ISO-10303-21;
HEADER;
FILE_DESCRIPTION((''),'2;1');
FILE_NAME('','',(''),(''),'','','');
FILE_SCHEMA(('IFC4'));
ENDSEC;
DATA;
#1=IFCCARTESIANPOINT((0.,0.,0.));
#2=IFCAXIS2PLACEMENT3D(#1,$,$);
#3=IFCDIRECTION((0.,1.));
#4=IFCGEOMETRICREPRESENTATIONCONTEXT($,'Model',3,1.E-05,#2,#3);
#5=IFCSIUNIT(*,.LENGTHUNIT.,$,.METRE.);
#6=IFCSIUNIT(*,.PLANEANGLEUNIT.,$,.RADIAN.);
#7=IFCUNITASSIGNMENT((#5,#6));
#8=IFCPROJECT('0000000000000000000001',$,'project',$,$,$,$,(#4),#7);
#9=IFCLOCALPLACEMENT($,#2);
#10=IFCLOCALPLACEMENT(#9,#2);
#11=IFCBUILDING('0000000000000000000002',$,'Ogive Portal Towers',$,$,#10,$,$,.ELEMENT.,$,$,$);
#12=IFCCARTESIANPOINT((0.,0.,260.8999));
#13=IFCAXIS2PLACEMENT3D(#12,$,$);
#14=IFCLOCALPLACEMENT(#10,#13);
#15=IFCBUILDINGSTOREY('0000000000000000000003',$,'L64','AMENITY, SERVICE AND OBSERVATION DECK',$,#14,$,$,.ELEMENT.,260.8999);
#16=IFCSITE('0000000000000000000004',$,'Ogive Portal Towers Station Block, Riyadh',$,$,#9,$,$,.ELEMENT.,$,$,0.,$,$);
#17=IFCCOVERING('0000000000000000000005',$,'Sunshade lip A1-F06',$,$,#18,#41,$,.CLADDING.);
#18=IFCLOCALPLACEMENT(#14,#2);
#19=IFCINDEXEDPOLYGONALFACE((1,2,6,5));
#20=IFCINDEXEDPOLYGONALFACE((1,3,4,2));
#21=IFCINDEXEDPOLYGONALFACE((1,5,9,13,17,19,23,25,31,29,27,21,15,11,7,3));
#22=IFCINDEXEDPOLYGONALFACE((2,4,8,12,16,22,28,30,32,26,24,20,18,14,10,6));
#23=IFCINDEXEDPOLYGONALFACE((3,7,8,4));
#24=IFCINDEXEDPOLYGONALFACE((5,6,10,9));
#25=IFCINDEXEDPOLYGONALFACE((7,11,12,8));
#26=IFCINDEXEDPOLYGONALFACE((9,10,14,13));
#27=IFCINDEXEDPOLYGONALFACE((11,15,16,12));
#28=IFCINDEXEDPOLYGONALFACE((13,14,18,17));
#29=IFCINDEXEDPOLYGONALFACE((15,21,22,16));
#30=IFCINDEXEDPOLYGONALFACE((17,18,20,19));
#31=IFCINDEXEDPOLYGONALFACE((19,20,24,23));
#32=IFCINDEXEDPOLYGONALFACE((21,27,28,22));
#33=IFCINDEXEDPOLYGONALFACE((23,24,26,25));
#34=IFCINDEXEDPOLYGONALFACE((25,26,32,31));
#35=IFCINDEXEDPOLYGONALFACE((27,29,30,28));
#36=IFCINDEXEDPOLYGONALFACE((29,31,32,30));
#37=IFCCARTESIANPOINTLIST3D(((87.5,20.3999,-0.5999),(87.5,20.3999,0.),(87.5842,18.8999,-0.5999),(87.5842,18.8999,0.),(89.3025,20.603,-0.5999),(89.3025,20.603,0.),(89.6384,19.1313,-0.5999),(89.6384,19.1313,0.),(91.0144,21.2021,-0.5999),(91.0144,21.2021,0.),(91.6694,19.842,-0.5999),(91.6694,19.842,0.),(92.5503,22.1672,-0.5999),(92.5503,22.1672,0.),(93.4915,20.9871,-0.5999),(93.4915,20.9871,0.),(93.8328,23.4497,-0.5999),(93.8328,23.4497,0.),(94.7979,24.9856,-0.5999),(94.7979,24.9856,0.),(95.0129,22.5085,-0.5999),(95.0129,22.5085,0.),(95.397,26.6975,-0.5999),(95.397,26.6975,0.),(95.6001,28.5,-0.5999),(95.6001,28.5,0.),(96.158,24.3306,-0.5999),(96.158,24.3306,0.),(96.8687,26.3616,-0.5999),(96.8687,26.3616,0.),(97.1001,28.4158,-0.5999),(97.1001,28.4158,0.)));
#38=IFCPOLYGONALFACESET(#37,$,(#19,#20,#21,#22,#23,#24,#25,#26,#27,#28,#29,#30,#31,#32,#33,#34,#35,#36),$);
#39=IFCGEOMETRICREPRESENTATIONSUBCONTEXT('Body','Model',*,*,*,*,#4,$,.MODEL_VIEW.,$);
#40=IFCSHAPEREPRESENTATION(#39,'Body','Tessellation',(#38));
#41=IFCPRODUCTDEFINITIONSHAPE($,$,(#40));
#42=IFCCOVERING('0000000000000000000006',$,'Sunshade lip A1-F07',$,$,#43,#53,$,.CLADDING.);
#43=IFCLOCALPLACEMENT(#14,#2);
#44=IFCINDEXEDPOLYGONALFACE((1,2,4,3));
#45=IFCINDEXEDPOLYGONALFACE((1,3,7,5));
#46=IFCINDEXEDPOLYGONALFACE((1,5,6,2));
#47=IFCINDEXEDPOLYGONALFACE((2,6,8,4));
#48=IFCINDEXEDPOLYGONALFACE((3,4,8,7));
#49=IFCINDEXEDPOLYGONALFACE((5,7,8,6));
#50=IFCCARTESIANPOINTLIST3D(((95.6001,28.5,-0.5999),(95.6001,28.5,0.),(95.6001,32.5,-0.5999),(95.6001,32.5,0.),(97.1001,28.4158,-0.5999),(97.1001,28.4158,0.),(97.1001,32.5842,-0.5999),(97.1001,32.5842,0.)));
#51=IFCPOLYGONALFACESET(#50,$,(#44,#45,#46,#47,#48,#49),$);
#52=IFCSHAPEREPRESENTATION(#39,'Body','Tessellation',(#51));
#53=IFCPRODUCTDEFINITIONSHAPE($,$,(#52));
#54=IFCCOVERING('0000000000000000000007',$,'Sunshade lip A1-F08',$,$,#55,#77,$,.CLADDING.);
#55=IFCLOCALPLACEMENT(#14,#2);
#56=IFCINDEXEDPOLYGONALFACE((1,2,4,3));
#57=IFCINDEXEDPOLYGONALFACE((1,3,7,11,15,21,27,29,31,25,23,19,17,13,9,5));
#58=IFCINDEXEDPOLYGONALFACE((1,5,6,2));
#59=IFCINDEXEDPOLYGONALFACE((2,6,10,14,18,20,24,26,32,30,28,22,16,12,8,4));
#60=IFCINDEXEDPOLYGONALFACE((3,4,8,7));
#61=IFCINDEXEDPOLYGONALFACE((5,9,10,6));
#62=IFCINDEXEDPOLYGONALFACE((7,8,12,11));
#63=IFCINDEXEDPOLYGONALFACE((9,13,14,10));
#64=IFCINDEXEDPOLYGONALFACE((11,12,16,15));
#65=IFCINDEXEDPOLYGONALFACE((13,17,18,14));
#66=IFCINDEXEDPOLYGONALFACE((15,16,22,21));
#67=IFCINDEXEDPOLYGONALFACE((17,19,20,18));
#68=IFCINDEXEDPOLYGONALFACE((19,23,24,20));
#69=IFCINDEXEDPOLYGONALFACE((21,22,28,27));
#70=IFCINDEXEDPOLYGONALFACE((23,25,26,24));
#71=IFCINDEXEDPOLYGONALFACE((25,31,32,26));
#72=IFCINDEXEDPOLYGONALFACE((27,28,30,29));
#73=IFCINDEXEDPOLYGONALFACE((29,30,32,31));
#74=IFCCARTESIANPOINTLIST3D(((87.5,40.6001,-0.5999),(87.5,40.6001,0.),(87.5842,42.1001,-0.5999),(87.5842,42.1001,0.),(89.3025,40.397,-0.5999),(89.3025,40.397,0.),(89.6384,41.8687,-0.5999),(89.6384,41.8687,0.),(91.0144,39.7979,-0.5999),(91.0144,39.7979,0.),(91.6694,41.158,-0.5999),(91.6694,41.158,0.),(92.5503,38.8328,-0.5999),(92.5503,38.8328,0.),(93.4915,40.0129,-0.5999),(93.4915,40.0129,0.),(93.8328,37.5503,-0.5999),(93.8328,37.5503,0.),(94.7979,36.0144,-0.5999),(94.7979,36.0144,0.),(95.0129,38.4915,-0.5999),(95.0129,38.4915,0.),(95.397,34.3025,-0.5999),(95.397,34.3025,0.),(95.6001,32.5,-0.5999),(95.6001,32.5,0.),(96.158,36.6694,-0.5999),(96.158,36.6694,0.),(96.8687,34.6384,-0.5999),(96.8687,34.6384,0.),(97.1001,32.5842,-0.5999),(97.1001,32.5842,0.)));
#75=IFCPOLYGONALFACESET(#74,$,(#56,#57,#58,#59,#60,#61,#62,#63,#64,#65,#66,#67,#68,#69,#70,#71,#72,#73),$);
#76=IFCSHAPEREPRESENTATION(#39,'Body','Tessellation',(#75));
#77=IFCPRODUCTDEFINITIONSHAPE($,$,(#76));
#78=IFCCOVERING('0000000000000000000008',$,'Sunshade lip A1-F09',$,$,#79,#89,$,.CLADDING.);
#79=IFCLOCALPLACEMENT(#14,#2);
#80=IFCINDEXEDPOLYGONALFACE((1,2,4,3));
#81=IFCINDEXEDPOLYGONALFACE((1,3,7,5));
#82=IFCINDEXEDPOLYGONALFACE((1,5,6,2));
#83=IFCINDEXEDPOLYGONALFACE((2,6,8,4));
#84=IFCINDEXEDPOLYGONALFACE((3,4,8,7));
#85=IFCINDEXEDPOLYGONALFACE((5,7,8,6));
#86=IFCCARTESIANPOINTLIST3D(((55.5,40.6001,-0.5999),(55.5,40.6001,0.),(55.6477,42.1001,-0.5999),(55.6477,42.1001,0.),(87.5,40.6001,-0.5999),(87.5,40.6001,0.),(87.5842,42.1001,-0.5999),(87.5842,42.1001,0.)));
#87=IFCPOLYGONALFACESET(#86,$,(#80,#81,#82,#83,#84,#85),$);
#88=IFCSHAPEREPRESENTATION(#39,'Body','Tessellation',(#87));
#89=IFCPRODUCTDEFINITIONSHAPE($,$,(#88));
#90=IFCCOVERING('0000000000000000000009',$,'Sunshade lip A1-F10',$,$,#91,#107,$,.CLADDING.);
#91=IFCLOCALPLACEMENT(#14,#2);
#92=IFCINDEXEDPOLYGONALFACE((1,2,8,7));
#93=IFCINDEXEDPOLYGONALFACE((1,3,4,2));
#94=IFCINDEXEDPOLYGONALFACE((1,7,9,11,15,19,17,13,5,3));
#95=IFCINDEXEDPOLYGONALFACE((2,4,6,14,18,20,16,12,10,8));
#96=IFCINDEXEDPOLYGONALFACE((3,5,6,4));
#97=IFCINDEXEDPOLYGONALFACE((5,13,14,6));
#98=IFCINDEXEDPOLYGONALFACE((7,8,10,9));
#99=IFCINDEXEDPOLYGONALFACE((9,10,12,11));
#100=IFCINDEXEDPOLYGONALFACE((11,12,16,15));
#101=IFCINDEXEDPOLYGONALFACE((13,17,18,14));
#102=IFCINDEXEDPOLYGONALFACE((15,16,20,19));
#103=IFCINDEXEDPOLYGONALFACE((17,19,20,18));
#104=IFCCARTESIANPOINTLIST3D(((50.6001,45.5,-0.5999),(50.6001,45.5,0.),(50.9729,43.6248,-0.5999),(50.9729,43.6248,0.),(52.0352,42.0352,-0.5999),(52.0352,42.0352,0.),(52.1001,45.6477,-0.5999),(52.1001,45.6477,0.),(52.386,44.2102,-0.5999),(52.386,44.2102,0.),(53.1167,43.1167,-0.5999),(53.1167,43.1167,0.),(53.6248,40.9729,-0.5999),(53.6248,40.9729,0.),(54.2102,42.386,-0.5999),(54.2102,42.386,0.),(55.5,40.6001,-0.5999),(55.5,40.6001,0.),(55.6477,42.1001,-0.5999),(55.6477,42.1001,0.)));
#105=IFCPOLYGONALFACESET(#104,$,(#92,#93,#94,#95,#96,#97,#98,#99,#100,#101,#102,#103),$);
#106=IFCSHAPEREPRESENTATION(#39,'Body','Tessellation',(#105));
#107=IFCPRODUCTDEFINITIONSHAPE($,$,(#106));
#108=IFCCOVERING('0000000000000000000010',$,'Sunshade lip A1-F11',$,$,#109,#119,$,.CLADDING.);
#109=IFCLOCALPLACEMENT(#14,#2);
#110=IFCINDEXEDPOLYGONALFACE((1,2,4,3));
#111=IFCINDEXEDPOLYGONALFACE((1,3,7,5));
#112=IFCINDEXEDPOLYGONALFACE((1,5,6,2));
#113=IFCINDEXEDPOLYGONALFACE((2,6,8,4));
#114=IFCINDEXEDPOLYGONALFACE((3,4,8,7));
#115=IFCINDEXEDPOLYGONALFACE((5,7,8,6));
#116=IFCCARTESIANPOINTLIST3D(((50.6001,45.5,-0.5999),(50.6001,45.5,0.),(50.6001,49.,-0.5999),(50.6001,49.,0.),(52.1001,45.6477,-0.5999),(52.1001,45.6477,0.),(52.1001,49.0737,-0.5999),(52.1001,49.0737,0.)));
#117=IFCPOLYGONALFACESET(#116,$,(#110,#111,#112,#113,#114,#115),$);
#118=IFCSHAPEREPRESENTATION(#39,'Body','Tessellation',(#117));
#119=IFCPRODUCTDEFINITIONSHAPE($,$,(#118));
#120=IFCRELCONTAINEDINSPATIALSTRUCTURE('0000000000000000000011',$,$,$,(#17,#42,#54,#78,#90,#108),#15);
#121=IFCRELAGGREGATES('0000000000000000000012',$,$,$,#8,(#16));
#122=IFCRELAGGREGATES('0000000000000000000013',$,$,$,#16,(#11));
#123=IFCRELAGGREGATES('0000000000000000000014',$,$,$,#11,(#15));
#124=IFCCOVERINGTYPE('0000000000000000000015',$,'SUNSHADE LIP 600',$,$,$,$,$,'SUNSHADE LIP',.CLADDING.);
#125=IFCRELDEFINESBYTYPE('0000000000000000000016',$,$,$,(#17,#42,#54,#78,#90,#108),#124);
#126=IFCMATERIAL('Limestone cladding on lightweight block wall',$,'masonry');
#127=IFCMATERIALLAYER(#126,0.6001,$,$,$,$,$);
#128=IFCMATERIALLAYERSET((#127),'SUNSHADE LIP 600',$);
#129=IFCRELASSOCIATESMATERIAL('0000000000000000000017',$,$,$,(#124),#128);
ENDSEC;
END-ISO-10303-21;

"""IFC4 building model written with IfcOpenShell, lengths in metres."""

from ifc_helpers import new_model, si_unit, direction, frame, origin, place, context, subcontext, project, spatial, polyline, outline, extrude, material, layer, layer_set, type_object, element, save


model = new_model("IFC4")

# Units and contexts
model_context = context("Model", 3, precision=1e-05, world=origin(), true_north=direction((0.0, 1.0)))
body_context = subcontext(model_context, "Body", "Model", "MODEL_VIEW")
ifc_project = project(units=[si_unit("LENGTHUNIT", "METRE"), si_unit("PLANEANGLEUNIT", "RADIAN")], contexts=[model_context])

# Site, building, storey
site_placement = place(None, origin())
site = spatial("IfcSite", under=ifc_project, at=site_placement, Name="Ogive Portal Towers Station Block, Riyadh", CompositionType="ELEMENT", RefElevation=0.0)
building_placement = place(site_placement, origin())
building = spatial("IfcBuilding", under=site, at=building_placement, Name="Ogive Portal Towers", CompositionType="ELEMENT")
storey_placement = place(building_placement, frame((0.0, 0.0, 260.8999)))
storey = spatial("IfcBuildingStorey", under=building, at=storey_placement, Name="L64", Description="AMENITY, SERVICE AND OBSERVATION DECK", CompositionType="ELEMENT", Elevation=260.8999)

# Coverings
ifc_material_1 = material(Name="Limestone cladding on lightweight block wall", Category="masonry")
ifc_layer_1 = layer(ifc_material_1, 0.6001)
ifc_layer_set_1 = layer_set([ifc_layer_1], Name="SUNSHADE LIP 600")
covering_type_1 = type_object("IfcCoveringType", Name="SUNSHADE LIP 600", ElementType="SUNSHADE LIP", PredefinedType="CLADDING", material=ifc_layer_set_1)
covering_1_placement = place(storey_placement, frame((0.0, 0.0, -0.5999)))
element("IfcCovering", 1, at=covering_1_placement, inside=storey, type_object=covering_type_1, Name="Sunshade lip A1-F06", PredefinedType="CLADDING", context=body_context, shape_type="SweptSolid", body=[
    extrude(outline(polyline([(87.5, 20.3999), (89.3025, 20.603), (91.0144, 21.2021), (92.5503, 22.1672), (93.8328, 23.4497), (94.7979, 24.9856), (95.397, 26.6975), (95.6001, 28.5), (97.1001, 28.4158), (96.8687, 26.3616), (96.158, 24.3306), (95.0129, 22.5085), (93.4915, 20.9871), (91.6694, 19.842), (89.6384, 19.1313), (87.5842, 18.8999), (87.5, 20.3999)])), origin(), (0.0, 0.0, 1.0), 0.5999),
])
covering_2_placement = place(storey_placement, frame((0.0, 0.0, -0.5999)))
element("IfcCovering", 2, at=covering_2_placement, inside=storey, type_object=covering_type_1, Name="Sunshade lip A1-F07", PredefinedType="CLADDING", context=body_context, shape_type="SweptSolid", body=[
    extrude(outline(polyline([(95.6001, 28.5), (95.6001, 32.5), (97.1001, 32.5842), (97.1001, 28.4158), (95.6001, 28.5)])), origin(), (0.0, 0.0, 1.0), 0.5999),
])
covering_3_placement = place(storey_placement, frame((0.0, 0.0, -0.5999)))
element("IfcCovering", 3, at=covering_3_placement, inside=storey, type_object=covering_type_1, Name="Sunshade lip A1-F08", PredefinedType="CLADDING", context=body_context, shape_type="SweptSolid", body=[
    extrude(outline(polyline([(95.6001, 32.5), (95.397, 34.3025), (94.7979, 36.0144), (93.8328, 37.5503), (92.5503, 38.8328), (91.0144, 39.7979), (89.3025, 40.397), (87.5, 40.6001), (87.5842, 42.1001), (89.6384, 41.8687), (91.6694, 41.158), (93.4915, 40.0129), (95.0129, 38.4915), (96.158, 36.6694), (96.8687, 34.6384), (97.1001, 32.5842), (95.6001, 32.5)])), origin(), (0.0, 0.0, 1.0), 0.5999),
])
covering_4_placement = place(storey_placement, frame((0.0, 0.0, -0.5999)))
element("IfcCovering", 4, at=covering_4_placement, inside=storey, type_object=covering_type_1, Name="Sunshade lip A1-F09", PredefinedType="CLADDING", context=body_context, shape_type="SweptSolid", body=[
    extrude(outline(polyline([(87.5, 40.6001), (55.5, 40.6001), (55.6477, 42.1001), (87.5842, 42.1001), (87.5, 40.6001)])), origin(), (0.0, 0.0, 1.0), 0.5999),
])
covering_5_placement = place(storey_placement, frame((0.0, 0.0, -0.5999)))
element("IfcCovering", 5, at=covering_5_placement, inside=storey, type_object=covering_type_1, Name="Sunshade lip A1-F10", PredefinedType="CLADDING", context=body_context, shape_type="SweptSolid", body=[
    extrude(outline(polyline([(55.5, 40.6001), (53.6248, 40.9729), (52.0352, 42.0352), (50.9729, 43.6248), (50.6001, 45.5), (52.1001, 45.6477), (52.386, 44.2102), (53.1167, 43.1167), (54.2102, 42.386), (55.6477, 42.1001), (55.5, 40.6001)])), origin(), (0.0, 0.0, 1.0), 0.5999),
])
covering_6_placement = place(storey_placement, frame((0.0, 0.0, -0.5999)))
element("IfcCovering", 6, at=covering_6_placement, inside=storey, type_object=covering_type_1, Name="Sunshade lip A1-F11", PredefinedType="CLADDING", context=body_context, shape_type="SweptSolid", body=[
    extrude(outline(polyline([(50.6001, 45.5), (50.6001, 49.0), (52.1001, 49.0737), (52.1001, 45.6477), (50.6001, 45.5)])), origin(), (0.0, 0.0, 1.0), 0.5999),
])

save(model, "model.ifc")
